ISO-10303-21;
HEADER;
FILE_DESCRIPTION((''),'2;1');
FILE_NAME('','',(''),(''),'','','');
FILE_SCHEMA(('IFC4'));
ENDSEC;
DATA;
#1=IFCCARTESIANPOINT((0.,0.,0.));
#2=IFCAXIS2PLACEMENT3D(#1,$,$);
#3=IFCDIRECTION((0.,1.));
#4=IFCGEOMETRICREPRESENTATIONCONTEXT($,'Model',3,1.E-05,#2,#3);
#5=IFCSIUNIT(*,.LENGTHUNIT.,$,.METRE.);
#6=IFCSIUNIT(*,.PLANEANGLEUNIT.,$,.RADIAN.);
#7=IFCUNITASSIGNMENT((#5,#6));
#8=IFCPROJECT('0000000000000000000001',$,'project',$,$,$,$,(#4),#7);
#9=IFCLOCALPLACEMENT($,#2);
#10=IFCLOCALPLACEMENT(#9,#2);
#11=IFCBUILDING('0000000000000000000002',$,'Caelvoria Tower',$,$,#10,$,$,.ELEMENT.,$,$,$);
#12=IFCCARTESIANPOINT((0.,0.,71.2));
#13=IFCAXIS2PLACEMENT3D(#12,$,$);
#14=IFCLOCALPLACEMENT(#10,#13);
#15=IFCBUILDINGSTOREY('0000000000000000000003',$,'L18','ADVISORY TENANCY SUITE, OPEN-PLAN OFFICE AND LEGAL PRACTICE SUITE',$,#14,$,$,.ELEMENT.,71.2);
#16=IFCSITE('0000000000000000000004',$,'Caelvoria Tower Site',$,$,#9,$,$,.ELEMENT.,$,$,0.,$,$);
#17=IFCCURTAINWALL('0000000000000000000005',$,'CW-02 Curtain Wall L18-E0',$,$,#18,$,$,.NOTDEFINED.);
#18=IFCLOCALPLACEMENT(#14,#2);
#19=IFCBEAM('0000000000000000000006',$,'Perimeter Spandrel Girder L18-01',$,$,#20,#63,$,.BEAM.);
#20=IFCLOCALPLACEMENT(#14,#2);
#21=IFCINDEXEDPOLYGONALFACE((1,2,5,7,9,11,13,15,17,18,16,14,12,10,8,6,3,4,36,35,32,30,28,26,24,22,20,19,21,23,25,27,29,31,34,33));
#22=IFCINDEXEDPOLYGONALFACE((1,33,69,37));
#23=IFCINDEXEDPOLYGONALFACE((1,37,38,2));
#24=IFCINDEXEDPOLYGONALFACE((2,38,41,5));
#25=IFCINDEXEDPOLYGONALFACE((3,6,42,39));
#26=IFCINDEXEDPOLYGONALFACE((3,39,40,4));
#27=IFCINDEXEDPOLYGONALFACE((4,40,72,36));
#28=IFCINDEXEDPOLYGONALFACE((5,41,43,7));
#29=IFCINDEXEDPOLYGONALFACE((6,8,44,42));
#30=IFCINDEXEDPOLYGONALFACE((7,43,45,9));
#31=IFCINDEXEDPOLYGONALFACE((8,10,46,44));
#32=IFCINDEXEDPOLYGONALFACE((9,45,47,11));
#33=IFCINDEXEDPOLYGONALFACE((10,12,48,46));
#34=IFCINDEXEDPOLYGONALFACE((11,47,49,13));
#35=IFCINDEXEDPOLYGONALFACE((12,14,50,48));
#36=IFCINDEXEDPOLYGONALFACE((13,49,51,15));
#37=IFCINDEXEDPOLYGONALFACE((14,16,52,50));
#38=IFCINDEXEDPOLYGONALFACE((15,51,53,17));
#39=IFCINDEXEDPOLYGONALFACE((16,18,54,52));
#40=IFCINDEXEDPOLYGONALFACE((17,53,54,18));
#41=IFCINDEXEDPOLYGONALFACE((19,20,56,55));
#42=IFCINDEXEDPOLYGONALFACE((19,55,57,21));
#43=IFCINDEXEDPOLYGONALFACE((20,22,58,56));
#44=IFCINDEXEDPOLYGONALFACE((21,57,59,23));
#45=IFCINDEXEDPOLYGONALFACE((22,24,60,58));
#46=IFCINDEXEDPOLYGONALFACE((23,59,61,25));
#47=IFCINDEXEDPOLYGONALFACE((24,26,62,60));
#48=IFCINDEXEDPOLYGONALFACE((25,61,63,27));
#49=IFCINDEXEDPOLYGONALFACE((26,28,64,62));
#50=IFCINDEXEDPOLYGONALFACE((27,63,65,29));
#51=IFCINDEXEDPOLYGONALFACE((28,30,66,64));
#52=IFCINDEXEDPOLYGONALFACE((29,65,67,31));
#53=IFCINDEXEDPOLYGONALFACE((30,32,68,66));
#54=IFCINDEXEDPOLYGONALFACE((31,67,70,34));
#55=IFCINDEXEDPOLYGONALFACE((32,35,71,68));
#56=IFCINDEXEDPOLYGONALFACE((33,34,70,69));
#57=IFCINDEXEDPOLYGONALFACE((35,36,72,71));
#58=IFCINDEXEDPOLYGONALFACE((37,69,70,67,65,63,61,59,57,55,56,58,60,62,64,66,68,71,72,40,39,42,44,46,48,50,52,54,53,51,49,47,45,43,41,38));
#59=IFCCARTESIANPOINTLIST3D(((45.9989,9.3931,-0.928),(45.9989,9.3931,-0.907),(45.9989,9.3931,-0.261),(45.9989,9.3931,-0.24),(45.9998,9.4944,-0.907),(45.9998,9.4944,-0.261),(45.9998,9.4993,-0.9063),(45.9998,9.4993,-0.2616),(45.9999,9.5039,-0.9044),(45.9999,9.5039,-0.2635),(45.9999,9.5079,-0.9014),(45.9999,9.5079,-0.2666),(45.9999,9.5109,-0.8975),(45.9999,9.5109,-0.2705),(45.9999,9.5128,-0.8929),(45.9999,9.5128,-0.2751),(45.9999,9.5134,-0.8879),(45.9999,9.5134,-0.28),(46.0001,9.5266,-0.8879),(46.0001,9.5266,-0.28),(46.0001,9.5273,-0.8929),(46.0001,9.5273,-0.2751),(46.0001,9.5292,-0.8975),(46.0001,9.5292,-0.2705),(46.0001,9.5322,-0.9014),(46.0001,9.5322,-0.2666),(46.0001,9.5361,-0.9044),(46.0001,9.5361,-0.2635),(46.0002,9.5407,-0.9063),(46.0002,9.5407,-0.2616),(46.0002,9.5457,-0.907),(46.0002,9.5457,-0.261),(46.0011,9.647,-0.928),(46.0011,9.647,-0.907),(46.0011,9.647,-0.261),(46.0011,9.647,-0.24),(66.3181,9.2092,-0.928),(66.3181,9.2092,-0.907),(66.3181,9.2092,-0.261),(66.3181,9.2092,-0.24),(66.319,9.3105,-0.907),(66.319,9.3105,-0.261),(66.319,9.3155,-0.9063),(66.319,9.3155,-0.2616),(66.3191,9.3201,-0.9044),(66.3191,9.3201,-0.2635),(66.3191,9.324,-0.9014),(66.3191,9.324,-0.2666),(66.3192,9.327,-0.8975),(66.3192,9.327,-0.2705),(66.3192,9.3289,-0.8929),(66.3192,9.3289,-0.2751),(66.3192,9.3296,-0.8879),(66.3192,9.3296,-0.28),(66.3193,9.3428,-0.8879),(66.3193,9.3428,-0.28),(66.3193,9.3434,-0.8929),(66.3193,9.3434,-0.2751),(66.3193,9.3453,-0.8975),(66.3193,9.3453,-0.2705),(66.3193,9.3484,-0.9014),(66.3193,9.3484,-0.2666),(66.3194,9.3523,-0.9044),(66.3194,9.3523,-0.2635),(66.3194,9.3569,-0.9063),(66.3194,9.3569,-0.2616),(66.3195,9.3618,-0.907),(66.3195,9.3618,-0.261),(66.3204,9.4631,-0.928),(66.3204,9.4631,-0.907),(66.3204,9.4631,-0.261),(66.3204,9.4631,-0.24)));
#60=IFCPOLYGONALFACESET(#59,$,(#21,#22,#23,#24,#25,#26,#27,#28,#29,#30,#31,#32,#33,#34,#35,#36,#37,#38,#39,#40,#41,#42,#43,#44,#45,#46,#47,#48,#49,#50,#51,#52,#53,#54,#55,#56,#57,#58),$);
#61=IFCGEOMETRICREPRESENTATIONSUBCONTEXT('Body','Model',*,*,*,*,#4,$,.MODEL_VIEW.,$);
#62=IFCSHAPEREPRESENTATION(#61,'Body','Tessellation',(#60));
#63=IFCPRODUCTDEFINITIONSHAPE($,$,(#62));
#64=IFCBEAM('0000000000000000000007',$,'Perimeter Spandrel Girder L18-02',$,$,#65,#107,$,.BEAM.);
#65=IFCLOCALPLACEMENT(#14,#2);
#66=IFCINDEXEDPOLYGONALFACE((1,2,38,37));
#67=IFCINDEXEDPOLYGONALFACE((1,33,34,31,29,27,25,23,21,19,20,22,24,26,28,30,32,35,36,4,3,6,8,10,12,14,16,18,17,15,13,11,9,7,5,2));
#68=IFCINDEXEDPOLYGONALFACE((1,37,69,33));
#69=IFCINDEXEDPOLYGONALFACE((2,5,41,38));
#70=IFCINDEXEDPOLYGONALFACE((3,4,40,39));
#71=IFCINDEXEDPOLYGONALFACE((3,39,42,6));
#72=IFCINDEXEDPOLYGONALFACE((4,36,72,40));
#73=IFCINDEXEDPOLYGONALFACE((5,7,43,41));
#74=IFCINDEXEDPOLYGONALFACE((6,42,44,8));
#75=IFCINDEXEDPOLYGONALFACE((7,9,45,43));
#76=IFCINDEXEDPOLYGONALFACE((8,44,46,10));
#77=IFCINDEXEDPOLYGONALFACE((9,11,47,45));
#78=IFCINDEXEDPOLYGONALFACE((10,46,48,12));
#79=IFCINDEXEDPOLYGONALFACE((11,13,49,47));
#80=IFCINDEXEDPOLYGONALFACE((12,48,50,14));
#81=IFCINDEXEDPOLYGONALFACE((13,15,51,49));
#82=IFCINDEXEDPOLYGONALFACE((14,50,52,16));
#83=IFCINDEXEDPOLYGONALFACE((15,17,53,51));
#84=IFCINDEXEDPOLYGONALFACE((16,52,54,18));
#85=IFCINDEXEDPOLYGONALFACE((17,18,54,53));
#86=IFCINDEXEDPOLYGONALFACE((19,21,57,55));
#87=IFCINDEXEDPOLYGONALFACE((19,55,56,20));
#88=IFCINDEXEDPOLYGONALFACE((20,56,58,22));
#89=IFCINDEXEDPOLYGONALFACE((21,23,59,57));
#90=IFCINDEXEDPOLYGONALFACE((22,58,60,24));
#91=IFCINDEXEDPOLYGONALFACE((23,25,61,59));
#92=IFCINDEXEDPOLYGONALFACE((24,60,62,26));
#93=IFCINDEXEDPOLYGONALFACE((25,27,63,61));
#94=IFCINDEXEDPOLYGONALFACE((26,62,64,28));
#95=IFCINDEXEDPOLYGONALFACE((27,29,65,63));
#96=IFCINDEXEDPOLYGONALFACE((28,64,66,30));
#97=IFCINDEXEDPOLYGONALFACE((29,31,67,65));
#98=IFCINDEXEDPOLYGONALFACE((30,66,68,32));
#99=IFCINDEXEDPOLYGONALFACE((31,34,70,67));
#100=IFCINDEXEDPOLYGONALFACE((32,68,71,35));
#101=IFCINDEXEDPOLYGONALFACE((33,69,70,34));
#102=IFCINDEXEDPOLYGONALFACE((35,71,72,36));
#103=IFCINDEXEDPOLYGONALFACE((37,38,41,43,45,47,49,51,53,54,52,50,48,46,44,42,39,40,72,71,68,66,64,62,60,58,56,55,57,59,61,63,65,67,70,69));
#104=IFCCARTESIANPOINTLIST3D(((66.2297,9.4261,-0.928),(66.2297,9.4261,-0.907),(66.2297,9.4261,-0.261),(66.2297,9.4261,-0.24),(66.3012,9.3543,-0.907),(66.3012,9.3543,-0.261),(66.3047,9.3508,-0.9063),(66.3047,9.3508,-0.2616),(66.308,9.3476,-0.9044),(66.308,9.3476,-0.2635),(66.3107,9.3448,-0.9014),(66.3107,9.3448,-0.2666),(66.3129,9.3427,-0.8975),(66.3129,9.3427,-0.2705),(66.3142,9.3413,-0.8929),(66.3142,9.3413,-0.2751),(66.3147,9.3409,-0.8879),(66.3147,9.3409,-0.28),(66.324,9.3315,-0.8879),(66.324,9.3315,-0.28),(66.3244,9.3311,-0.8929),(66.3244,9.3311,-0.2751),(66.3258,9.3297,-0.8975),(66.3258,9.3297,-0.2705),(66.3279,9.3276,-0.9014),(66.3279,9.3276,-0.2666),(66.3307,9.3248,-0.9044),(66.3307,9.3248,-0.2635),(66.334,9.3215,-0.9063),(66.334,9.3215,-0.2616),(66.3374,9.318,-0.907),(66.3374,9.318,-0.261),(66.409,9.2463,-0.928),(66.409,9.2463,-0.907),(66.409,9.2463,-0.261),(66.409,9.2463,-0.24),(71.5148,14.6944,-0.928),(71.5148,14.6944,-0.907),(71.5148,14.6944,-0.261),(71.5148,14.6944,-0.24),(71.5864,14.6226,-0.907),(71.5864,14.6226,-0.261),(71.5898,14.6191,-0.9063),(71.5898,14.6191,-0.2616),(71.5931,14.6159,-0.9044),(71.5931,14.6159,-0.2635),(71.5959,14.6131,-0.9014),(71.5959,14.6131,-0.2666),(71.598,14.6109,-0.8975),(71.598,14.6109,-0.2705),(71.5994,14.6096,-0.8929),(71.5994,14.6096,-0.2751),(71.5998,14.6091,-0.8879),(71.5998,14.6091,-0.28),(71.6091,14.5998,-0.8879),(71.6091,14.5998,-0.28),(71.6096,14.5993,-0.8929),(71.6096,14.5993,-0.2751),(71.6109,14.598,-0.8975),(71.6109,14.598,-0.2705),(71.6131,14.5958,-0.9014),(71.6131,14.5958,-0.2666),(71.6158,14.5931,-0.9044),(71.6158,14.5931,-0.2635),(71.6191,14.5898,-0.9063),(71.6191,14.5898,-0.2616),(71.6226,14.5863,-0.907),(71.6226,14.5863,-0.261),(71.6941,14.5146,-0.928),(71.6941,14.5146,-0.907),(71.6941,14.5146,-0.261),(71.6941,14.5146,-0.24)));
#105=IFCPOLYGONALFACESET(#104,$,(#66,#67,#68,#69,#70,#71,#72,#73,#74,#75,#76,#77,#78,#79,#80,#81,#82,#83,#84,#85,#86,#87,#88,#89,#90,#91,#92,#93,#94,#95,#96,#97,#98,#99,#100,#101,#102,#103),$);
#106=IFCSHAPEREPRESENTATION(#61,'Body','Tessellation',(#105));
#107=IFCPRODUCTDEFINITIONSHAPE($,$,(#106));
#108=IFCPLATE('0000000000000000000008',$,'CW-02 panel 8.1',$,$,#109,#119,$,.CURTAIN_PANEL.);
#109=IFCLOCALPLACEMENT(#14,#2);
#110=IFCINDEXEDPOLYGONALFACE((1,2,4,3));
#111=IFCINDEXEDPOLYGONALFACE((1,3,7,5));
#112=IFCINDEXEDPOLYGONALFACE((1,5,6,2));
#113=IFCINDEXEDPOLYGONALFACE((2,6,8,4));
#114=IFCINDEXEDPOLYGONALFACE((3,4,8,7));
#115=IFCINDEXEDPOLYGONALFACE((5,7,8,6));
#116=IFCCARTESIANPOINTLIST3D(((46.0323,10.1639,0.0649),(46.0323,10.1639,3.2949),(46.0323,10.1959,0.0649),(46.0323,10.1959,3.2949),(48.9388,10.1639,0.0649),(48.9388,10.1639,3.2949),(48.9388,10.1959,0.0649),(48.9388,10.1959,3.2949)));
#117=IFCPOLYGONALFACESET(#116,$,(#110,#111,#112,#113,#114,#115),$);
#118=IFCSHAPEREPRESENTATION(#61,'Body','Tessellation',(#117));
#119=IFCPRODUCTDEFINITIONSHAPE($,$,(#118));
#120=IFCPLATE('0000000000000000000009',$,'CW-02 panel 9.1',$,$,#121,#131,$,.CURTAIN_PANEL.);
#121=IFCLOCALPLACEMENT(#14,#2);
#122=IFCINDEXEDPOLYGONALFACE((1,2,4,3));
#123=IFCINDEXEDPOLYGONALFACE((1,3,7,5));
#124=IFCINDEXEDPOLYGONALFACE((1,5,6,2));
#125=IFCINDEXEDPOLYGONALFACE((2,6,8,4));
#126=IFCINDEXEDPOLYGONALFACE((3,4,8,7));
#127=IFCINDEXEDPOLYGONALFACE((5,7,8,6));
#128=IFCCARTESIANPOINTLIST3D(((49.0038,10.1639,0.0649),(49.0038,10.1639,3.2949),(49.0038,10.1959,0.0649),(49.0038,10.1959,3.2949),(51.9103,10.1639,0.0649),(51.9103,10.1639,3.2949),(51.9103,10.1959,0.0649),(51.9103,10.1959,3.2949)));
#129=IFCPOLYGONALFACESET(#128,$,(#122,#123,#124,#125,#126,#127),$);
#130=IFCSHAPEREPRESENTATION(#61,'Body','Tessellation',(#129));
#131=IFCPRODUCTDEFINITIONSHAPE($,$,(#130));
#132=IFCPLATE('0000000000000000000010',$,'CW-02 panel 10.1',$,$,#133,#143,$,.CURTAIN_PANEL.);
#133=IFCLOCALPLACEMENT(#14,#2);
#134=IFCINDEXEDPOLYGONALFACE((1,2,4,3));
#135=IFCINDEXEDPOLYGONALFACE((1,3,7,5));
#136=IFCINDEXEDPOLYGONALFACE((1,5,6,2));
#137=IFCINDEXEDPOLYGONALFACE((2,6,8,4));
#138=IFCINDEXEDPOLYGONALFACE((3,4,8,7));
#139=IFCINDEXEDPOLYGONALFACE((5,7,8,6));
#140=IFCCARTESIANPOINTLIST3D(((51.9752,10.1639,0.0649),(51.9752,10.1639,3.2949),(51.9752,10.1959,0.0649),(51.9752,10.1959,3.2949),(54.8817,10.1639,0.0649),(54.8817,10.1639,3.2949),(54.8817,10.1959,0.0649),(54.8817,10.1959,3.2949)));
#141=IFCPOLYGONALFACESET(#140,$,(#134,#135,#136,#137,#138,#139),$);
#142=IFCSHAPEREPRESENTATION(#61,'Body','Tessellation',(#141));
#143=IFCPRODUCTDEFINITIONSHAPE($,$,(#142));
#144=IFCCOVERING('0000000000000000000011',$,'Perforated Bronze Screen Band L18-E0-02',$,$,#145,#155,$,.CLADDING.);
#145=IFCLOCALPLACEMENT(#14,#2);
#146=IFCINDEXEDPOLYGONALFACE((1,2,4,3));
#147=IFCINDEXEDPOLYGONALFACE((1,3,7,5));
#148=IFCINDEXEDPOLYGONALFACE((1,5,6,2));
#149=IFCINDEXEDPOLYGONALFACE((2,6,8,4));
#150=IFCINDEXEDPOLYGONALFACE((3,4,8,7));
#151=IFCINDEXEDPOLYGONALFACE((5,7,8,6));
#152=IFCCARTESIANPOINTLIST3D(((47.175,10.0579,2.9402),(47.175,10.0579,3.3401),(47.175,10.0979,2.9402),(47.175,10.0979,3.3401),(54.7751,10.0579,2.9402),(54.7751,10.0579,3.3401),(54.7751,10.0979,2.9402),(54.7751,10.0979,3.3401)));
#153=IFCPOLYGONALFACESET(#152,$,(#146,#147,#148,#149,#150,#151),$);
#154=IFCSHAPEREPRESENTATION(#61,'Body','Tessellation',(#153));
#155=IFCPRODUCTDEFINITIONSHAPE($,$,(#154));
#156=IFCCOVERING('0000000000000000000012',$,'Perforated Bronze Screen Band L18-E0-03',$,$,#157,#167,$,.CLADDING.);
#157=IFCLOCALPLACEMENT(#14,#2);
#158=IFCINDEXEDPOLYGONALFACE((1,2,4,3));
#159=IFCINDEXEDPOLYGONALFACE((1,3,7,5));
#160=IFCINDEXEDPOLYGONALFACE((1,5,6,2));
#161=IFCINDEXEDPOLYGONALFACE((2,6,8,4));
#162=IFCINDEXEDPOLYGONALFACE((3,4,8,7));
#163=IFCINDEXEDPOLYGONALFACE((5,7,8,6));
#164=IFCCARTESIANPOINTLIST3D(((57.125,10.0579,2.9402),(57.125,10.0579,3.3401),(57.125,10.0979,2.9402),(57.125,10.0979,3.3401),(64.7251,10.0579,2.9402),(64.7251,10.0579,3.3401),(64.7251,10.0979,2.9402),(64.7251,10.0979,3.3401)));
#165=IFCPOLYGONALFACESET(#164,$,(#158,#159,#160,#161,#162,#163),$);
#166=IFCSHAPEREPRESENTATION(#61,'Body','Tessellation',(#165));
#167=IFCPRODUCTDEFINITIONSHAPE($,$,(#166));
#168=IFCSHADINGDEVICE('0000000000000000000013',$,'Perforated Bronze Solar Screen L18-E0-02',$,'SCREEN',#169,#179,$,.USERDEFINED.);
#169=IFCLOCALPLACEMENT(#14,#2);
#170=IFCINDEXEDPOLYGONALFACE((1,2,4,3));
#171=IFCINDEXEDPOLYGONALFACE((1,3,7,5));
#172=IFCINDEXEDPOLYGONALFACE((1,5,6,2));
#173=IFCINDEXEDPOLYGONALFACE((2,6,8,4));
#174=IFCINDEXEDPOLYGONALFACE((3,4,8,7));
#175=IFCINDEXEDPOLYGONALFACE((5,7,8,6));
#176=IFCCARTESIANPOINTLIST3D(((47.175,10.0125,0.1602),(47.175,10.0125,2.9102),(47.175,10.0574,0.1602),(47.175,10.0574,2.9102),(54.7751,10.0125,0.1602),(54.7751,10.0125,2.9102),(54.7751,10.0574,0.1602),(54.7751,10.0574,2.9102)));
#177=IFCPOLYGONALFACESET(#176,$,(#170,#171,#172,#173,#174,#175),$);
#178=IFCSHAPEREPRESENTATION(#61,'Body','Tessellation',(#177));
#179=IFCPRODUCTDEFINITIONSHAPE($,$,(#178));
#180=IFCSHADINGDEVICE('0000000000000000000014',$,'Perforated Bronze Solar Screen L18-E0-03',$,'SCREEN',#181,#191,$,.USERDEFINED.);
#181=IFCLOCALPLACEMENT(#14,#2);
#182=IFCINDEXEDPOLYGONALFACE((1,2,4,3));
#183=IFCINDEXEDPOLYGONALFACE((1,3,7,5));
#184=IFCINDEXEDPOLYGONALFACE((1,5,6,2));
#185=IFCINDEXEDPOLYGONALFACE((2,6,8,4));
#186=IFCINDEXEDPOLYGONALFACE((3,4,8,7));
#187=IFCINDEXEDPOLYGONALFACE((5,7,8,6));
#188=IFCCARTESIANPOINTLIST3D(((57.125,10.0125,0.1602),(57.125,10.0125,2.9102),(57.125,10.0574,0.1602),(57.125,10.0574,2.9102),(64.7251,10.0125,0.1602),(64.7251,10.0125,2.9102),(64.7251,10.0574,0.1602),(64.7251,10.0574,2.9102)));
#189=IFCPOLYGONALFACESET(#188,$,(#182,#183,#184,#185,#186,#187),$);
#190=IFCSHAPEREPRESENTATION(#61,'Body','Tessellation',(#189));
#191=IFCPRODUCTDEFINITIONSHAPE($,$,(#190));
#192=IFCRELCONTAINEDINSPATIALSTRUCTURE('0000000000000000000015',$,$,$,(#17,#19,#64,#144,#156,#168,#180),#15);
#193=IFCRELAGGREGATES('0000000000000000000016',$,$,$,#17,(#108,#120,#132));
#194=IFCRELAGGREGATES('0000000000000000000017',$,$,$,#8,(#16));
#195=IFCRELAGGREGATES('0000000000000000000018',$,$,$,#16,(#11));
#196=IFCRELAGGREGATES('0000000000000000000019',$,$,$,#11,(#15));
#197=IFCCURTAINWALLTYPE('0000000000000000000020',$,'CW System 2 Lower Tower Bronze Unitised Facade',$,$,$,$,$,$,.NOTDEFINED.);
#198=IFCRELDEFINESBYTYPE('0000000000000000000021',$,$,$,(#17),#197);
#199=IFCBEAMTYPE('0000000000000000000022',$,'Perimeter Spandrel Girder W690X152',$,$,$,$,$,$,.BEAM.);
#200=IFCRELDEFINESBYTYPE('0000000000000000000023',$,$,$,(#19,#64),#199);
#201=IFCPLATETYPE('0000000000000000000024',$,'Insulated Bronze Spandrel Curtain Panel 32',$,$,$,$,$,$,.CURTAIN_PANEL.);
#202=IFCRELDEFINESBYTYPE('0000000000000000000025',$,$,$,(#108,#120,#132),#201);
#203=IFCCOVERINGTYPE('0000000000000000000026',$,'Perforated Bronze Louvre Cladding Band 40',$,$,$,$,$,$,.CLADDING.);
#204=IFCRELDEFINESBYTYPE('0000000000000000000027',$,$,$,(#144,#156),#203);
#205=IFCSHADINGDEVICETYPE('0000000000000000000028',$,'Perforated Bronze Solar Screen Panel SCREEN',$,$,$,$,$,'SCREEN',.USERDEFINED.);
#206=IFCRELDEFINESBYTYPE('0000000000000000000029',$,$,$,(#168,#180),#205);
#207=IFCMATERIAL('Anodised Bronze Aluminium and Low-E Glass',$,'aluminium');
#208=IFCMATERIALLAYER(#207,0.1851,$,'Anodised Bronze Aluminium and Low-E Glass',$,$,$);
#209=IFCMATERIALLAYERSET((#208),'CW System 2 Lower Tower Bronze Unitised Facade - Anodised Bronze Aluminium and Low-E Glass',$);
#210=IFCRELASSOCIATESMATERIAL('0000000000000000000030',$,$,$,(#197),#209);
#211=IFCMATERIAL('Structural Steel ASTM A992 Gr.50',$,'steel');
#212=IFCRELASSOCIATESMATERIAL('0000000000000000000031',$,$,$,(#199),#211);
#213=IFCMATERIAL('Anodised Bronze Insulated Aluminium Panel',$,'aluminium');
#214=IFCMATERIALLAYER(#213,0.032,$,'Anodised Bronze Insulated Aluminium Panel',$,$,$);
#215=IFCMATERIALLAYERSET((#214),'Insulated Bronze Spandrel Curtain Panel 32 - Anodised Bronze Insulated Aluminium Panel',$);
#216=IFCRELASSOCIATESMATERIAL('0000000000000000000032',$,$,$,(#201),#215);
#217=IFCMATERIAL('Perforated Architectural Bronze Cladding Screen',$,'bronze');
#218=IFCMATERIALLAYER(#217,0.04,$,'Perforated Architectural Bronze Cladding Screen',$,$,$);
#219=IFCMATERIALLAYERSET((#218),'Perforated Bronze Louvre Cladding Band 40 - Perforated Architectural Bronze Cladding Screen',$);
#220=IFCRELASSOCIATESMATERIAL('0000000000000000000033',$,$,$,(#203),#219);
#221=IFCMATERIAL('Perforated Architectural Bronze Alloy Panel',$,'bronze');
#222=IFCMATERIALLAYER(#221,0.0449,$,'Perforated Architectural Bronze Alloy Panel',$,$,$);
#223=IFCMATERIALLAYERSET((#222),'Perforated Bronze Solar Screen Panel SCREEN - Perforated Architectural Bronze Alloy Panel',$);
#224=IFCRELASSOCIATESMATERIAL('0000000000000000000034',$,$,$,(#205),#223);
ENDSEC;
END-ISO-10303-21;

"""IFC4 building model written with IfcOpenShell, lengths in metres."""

from ifc_helpers import new_model, si_unit, direction, frame, origin, origin_2d, place, context, subcontext, project, spatial, rectangle, i_section, extrude, material, layer, layer_set, material_profile, profile_set, type_object, element, aggregate, save


model = new_model("IFC4")

# Units and contexts
model_context = context("Model", 3, precision=1e-05, world=origin(), true_north=direction((0.0, 1.0)))
body_context = subcontext(model_context, "Body", "Model", "MODEL_VIEW")
ifc_project = project(units=[si_unit("LENGTHUNIT", "METRE"), si_unit("PLANEANGLEUNIT", "RADIAN")], contexts=[model_context])

# Site, building, storey
site_placement = place(None, origin())
site = spatial("IfcSite", under=ifc_project, at=site_placement, Name="Caelvoria Tower Site", CompositionType="ELEMENT", RefElevation=0.0)
building_placement = place(site_placement, origin())
building = spatial("IfcBuilding", under=site, at=building_placement, Name="Caelvoria Tower", CompositionType="ELEMENT")
storey_placement = place(building_placement, frame((0.0, 0.0, 71.2)))
storey = spatial("IfcBuildingStorey", under=building, at=storey_placement, Name="L18", Description="ADVISORY TENANCY SUITE, OPEN-PLAN OFFICE AND LEGAL PRACTICE SUITE", CompositionType="ELEMENT", Elevation=71.2)

# Curtain wall
ifc_material_1 = material(Name="Anodised Bronze Aluminium and Low-E Glass", Category="aluminium")
ifc_layer_1 = layer(ifc_material_1, 0.1851, Name="Anodised Bronze Aluminium and Low-E Glass")
ifc_layer_set_1 = layer_set([ifc_layer_1], Name="CW System 2 Lower Tower Bronze Unitised Facade - Anodised Bronze Aluminium and Low-E Glass")
curtain_wall_type = type_object("IfcCurtainWallType", Name="CW System 2 Lower Tower Bronze Unitised Facade", PredefinedType="NOTDEFINED", material=ifc_layer_set_1)
curtain_wall_1_placement = place(storey_placement, origin())
curtain_wall_1 = element("IfcCurtainWall", 1, at=curtain_wall_1_placement, inside=storey, type_object=curtain_wall_type, Name="CW-02 Curtain Wall L18-E0", PredefinedType="NOTDEFINED")

# Beams
ifc_material_2 = material(Name="Structural Steel ASTM A992 Gr.50", Category="steel")
ifc_material_profile_1 = material_profile(ifc_material_2, i_section(OverallWidth=0.2539, OverallDepth=0.688, WebThickness=0.0132, FlangeThickness=0.021, FilletRadius=0.019, at=origin_2d()), Name="Structural Steel ASTM A992 Gr.50")
ifc_profile_set_1 = profile_set([ifc_material_profile_1], Name="W690X152 - Structural Steel ASTM A992 Gr.50")
beam_type = type_object("IfcBeamType", Name="Perimeter Spandrel Girder W690X152", PredefinedType="BEAM", material=ifc_profile_set_1)
beam_1_placement = place(storey_placement, frame((46.0, 9.52, -0.584), z_axis=(0.999959, -0.009047, 0.0), x_axis=(0.009047, 0.999959, 0.0)))
element("IfcBeam", 2, at=beam_1_placement, inside=storey, type_object=beam_type, Name="Perimeter Spandrel Girder L18-01", PredefinedType="BEAM", context=body_context, shape_type="SweptSolid", body=[
    extrude(i_section(OverallWidth=0.2539, OverallDepth=0.688, WebThickness=0.0132, FlangeThickness=0.021, FilletRadius=0.019, at=origin_2d()), origin(), (0.0, 0.0, 1.0), 20.3201),
])
beam_2_placement = place(storey_placement, frame((66.3193, 9.3362, -0.584), z_axis=(0.708235, 0.705977, 0.0), x_axis=(-0.705977, 0.708235, 0.0)))
element("IfcBeam", 3, at=beam_2_placement, inside=storey, type_object=beam_type, Name="Perimeter Spandrel Girder L18-02", PredefinedType="BEAM", context=body_context, shape_type="SweptSolid", body=[
    extrude(i_section(OverallWidth=0.2539, OverallDepth=0.688, WebThickness=0.0132, FlangeThickness=0.021, FilletRadius=0.019, at=origin_2d()), origin(), (0.0, 0.0, 1.0), 7.4624),
])

# Plates
ifc_material_3 = material(Name="Anodised Bronze Insulated Aluminium Panel", Category="aluminium")
ifc_layer_2 = layer(ifc_material_3, 0.032, Name="Anodised Bronze Insulated Aluminium Panel")
ifc_layer_set_2 = layer_set([ifc_layer_2], Name="Insulated Bronze Spandrel Curtain Panel 32 - Anodised Bronze Insulated Aluminium Panel")
plate_type = type_object("IfcPlateType", Name="Insulated Bronze Spandrel Curtain Panel 32", PredefinedType="CURTAIN_PANEL", material=ifc_layer_set_2)
plate_1_placement = place(storey_placement, frame((47.4856, 10.1799, 0.0649), z_axis=(0.0, 0.0, 1.0), x_axis=(1.0, 0.0, 0.0)))
plate_1 = element("IfcPlate", 4, at=plate_1_placement, type_object=plate_type, Name="CW-02 panel 8.1", PredefinedType="CURTAIN_PANEL", context=body_context, shape_type="SweptSolid", body=[
    extrude(rectangle(XDim=2.9065, YDim=0.032, at=origin_2d()), origin(), (0.0, 0.0, 1.0), 3.23),
])
plate_2_placement = place(storey_placement, frame((50.457, 10.1799, 0.0649), z_axis=(0.0, 0.0, 1.0), x_axis=(1.0, 0.0, 0.0)))
plate_2 = element("IfcPlate", 5, at=plate_2_placement, type_object=plate_type, Name="CW-02 panel 9.1", PredefinedType="CURTAIN_PANEL", context=body_context, shape_type="SweptSolid", body=[
    extrude(rectangle(XDim=2.9065, YDim=0.032, at=origin_2d()), origin(), (0.0, 0.0, 1.0), 3.23),
])
plate_3_placement = place(storey_placement, frame((53.4285, 10.1799, 0.0649), z_axis=(0.0, 0.0, 1.0), x_axis=(1.0, 0.0, 0.0)))
plate_3 = element("IfcPlate", 6, at=plate_3_placement, type_object=plate_type, Name="CW-02 panel 10.1", PredefinedType="CURTAIN_PANEL", context=body_context, shape_type="SweptSolid", body=[
    extrude(rectangle(XDim=2.9065, YDim=0.032, at=origin_2d()), origin(), (0.0, 0.0, 1.0), 3.23),
])
aggregate(curtain_wall_1, [plate_1, plate_2, plate_3])

# Coverings
ifc_material_4 = material(Name="Perforated Architectural Bronze Cladding Screen", Category="bronze")
ifc_layer_3 = layer(ifc_material_4, 0.04, Name="Perforated Architectural Bronze Cladding Screen")
ifc_layer_set_3 = layer_set([ifc_layer_3], Name="Perforated Bronze Louvre Cladding Band 40 - Perforated Architectural Bronze Cladding Screen")
covering_type = type_object("IfcCoveringType", Name="Perforated Bronze Louvre Cladding Band 40", PredefinedType="CLADDING", material=ifc_layer_set_3)
for number, where, z_axis, x_axis, name in (
    (7, (50.9751, 10.0779, 2.9402), (0.0, 0.0, 1.0), (1.0, 0.0, 0.0), "Perforated Bronze Screen Band L18-E0-02"),
    (8, (60.925, 10.0779, 2.9402), (0.0, 0.0, 1.0), (1.0, 0.0, 0.0), "Perforated Bronze Screen Band L18-E0-03"),
):
    element("IfcCovering", number, at=place(storey_placement, frame(where, z_axis=z_axis, x_axis=x_axis)), inside=storey, type_object=covering_type, Name=name, PredefinedType="CLADDING", context=body_context, shape_type="SweptSolid", body=[
        extrude(rectangle(XDim=7.6001, YDim=0.04, at=origin_2d()), origin(), (0.0, 0.0, 1.0), 0.3999),
    ])

# Shading devices
ifc_material_5 = material(Name="Perforated Architectural Bronze Alloy Panel", Category="bronze")
ifc_layer_4 = layer(ifc_material_5, 0.0449, Name="Perforated Architectural Bronze Alloy Panel")
ifc_layer_set_4 = layer_set([ifc_layer_4], Name="Perforated Bronze Solar Screen Panel SCREEN - Perforated Architectural Bronze Alloy Panel")
shading_device_type = type_object("IfcShadingDeviceType", Name="Perforated Bronze Solar Screen Panel SCREEN", ElementType="SCREEN", PredefinedType="USERDEFINED", material=ifc_layer_set_4)
for number, where, z_axis, x_axis, name in (
    (9, (50.9751, 10.0349, 0.1602), (0.0, 0.0, 1.0), (1.0, 0.0, 0.0), "Perforated Bronze Solar Screen L18-E0-02"),
    (10, (60.925, 10.0349, 0.1602), (0.0, 0.0, 1.0), (1.0, 0.0, 0.0), "Perforated Bronze Solar Screen L18-E0-03"),
):
    element("IfcShadingDevice", number, at=place(storey_placement, frame(where, z_axis=z_axis, x_axis=x_axis)), inside=storey, type_object=shading_device_type, Name=name, ObjectType="SCREEN", PredefinedType="USERDEFINED", context=body_context, shape_type="SweptSolid", body=[
        extrude(rectangle(XDim=7.6001, YDim=0.0449, at=origin_2d()), origin(), (0.0, 0.0, 1.0), 2.75),
    ])

save(model, "model.ifc")
